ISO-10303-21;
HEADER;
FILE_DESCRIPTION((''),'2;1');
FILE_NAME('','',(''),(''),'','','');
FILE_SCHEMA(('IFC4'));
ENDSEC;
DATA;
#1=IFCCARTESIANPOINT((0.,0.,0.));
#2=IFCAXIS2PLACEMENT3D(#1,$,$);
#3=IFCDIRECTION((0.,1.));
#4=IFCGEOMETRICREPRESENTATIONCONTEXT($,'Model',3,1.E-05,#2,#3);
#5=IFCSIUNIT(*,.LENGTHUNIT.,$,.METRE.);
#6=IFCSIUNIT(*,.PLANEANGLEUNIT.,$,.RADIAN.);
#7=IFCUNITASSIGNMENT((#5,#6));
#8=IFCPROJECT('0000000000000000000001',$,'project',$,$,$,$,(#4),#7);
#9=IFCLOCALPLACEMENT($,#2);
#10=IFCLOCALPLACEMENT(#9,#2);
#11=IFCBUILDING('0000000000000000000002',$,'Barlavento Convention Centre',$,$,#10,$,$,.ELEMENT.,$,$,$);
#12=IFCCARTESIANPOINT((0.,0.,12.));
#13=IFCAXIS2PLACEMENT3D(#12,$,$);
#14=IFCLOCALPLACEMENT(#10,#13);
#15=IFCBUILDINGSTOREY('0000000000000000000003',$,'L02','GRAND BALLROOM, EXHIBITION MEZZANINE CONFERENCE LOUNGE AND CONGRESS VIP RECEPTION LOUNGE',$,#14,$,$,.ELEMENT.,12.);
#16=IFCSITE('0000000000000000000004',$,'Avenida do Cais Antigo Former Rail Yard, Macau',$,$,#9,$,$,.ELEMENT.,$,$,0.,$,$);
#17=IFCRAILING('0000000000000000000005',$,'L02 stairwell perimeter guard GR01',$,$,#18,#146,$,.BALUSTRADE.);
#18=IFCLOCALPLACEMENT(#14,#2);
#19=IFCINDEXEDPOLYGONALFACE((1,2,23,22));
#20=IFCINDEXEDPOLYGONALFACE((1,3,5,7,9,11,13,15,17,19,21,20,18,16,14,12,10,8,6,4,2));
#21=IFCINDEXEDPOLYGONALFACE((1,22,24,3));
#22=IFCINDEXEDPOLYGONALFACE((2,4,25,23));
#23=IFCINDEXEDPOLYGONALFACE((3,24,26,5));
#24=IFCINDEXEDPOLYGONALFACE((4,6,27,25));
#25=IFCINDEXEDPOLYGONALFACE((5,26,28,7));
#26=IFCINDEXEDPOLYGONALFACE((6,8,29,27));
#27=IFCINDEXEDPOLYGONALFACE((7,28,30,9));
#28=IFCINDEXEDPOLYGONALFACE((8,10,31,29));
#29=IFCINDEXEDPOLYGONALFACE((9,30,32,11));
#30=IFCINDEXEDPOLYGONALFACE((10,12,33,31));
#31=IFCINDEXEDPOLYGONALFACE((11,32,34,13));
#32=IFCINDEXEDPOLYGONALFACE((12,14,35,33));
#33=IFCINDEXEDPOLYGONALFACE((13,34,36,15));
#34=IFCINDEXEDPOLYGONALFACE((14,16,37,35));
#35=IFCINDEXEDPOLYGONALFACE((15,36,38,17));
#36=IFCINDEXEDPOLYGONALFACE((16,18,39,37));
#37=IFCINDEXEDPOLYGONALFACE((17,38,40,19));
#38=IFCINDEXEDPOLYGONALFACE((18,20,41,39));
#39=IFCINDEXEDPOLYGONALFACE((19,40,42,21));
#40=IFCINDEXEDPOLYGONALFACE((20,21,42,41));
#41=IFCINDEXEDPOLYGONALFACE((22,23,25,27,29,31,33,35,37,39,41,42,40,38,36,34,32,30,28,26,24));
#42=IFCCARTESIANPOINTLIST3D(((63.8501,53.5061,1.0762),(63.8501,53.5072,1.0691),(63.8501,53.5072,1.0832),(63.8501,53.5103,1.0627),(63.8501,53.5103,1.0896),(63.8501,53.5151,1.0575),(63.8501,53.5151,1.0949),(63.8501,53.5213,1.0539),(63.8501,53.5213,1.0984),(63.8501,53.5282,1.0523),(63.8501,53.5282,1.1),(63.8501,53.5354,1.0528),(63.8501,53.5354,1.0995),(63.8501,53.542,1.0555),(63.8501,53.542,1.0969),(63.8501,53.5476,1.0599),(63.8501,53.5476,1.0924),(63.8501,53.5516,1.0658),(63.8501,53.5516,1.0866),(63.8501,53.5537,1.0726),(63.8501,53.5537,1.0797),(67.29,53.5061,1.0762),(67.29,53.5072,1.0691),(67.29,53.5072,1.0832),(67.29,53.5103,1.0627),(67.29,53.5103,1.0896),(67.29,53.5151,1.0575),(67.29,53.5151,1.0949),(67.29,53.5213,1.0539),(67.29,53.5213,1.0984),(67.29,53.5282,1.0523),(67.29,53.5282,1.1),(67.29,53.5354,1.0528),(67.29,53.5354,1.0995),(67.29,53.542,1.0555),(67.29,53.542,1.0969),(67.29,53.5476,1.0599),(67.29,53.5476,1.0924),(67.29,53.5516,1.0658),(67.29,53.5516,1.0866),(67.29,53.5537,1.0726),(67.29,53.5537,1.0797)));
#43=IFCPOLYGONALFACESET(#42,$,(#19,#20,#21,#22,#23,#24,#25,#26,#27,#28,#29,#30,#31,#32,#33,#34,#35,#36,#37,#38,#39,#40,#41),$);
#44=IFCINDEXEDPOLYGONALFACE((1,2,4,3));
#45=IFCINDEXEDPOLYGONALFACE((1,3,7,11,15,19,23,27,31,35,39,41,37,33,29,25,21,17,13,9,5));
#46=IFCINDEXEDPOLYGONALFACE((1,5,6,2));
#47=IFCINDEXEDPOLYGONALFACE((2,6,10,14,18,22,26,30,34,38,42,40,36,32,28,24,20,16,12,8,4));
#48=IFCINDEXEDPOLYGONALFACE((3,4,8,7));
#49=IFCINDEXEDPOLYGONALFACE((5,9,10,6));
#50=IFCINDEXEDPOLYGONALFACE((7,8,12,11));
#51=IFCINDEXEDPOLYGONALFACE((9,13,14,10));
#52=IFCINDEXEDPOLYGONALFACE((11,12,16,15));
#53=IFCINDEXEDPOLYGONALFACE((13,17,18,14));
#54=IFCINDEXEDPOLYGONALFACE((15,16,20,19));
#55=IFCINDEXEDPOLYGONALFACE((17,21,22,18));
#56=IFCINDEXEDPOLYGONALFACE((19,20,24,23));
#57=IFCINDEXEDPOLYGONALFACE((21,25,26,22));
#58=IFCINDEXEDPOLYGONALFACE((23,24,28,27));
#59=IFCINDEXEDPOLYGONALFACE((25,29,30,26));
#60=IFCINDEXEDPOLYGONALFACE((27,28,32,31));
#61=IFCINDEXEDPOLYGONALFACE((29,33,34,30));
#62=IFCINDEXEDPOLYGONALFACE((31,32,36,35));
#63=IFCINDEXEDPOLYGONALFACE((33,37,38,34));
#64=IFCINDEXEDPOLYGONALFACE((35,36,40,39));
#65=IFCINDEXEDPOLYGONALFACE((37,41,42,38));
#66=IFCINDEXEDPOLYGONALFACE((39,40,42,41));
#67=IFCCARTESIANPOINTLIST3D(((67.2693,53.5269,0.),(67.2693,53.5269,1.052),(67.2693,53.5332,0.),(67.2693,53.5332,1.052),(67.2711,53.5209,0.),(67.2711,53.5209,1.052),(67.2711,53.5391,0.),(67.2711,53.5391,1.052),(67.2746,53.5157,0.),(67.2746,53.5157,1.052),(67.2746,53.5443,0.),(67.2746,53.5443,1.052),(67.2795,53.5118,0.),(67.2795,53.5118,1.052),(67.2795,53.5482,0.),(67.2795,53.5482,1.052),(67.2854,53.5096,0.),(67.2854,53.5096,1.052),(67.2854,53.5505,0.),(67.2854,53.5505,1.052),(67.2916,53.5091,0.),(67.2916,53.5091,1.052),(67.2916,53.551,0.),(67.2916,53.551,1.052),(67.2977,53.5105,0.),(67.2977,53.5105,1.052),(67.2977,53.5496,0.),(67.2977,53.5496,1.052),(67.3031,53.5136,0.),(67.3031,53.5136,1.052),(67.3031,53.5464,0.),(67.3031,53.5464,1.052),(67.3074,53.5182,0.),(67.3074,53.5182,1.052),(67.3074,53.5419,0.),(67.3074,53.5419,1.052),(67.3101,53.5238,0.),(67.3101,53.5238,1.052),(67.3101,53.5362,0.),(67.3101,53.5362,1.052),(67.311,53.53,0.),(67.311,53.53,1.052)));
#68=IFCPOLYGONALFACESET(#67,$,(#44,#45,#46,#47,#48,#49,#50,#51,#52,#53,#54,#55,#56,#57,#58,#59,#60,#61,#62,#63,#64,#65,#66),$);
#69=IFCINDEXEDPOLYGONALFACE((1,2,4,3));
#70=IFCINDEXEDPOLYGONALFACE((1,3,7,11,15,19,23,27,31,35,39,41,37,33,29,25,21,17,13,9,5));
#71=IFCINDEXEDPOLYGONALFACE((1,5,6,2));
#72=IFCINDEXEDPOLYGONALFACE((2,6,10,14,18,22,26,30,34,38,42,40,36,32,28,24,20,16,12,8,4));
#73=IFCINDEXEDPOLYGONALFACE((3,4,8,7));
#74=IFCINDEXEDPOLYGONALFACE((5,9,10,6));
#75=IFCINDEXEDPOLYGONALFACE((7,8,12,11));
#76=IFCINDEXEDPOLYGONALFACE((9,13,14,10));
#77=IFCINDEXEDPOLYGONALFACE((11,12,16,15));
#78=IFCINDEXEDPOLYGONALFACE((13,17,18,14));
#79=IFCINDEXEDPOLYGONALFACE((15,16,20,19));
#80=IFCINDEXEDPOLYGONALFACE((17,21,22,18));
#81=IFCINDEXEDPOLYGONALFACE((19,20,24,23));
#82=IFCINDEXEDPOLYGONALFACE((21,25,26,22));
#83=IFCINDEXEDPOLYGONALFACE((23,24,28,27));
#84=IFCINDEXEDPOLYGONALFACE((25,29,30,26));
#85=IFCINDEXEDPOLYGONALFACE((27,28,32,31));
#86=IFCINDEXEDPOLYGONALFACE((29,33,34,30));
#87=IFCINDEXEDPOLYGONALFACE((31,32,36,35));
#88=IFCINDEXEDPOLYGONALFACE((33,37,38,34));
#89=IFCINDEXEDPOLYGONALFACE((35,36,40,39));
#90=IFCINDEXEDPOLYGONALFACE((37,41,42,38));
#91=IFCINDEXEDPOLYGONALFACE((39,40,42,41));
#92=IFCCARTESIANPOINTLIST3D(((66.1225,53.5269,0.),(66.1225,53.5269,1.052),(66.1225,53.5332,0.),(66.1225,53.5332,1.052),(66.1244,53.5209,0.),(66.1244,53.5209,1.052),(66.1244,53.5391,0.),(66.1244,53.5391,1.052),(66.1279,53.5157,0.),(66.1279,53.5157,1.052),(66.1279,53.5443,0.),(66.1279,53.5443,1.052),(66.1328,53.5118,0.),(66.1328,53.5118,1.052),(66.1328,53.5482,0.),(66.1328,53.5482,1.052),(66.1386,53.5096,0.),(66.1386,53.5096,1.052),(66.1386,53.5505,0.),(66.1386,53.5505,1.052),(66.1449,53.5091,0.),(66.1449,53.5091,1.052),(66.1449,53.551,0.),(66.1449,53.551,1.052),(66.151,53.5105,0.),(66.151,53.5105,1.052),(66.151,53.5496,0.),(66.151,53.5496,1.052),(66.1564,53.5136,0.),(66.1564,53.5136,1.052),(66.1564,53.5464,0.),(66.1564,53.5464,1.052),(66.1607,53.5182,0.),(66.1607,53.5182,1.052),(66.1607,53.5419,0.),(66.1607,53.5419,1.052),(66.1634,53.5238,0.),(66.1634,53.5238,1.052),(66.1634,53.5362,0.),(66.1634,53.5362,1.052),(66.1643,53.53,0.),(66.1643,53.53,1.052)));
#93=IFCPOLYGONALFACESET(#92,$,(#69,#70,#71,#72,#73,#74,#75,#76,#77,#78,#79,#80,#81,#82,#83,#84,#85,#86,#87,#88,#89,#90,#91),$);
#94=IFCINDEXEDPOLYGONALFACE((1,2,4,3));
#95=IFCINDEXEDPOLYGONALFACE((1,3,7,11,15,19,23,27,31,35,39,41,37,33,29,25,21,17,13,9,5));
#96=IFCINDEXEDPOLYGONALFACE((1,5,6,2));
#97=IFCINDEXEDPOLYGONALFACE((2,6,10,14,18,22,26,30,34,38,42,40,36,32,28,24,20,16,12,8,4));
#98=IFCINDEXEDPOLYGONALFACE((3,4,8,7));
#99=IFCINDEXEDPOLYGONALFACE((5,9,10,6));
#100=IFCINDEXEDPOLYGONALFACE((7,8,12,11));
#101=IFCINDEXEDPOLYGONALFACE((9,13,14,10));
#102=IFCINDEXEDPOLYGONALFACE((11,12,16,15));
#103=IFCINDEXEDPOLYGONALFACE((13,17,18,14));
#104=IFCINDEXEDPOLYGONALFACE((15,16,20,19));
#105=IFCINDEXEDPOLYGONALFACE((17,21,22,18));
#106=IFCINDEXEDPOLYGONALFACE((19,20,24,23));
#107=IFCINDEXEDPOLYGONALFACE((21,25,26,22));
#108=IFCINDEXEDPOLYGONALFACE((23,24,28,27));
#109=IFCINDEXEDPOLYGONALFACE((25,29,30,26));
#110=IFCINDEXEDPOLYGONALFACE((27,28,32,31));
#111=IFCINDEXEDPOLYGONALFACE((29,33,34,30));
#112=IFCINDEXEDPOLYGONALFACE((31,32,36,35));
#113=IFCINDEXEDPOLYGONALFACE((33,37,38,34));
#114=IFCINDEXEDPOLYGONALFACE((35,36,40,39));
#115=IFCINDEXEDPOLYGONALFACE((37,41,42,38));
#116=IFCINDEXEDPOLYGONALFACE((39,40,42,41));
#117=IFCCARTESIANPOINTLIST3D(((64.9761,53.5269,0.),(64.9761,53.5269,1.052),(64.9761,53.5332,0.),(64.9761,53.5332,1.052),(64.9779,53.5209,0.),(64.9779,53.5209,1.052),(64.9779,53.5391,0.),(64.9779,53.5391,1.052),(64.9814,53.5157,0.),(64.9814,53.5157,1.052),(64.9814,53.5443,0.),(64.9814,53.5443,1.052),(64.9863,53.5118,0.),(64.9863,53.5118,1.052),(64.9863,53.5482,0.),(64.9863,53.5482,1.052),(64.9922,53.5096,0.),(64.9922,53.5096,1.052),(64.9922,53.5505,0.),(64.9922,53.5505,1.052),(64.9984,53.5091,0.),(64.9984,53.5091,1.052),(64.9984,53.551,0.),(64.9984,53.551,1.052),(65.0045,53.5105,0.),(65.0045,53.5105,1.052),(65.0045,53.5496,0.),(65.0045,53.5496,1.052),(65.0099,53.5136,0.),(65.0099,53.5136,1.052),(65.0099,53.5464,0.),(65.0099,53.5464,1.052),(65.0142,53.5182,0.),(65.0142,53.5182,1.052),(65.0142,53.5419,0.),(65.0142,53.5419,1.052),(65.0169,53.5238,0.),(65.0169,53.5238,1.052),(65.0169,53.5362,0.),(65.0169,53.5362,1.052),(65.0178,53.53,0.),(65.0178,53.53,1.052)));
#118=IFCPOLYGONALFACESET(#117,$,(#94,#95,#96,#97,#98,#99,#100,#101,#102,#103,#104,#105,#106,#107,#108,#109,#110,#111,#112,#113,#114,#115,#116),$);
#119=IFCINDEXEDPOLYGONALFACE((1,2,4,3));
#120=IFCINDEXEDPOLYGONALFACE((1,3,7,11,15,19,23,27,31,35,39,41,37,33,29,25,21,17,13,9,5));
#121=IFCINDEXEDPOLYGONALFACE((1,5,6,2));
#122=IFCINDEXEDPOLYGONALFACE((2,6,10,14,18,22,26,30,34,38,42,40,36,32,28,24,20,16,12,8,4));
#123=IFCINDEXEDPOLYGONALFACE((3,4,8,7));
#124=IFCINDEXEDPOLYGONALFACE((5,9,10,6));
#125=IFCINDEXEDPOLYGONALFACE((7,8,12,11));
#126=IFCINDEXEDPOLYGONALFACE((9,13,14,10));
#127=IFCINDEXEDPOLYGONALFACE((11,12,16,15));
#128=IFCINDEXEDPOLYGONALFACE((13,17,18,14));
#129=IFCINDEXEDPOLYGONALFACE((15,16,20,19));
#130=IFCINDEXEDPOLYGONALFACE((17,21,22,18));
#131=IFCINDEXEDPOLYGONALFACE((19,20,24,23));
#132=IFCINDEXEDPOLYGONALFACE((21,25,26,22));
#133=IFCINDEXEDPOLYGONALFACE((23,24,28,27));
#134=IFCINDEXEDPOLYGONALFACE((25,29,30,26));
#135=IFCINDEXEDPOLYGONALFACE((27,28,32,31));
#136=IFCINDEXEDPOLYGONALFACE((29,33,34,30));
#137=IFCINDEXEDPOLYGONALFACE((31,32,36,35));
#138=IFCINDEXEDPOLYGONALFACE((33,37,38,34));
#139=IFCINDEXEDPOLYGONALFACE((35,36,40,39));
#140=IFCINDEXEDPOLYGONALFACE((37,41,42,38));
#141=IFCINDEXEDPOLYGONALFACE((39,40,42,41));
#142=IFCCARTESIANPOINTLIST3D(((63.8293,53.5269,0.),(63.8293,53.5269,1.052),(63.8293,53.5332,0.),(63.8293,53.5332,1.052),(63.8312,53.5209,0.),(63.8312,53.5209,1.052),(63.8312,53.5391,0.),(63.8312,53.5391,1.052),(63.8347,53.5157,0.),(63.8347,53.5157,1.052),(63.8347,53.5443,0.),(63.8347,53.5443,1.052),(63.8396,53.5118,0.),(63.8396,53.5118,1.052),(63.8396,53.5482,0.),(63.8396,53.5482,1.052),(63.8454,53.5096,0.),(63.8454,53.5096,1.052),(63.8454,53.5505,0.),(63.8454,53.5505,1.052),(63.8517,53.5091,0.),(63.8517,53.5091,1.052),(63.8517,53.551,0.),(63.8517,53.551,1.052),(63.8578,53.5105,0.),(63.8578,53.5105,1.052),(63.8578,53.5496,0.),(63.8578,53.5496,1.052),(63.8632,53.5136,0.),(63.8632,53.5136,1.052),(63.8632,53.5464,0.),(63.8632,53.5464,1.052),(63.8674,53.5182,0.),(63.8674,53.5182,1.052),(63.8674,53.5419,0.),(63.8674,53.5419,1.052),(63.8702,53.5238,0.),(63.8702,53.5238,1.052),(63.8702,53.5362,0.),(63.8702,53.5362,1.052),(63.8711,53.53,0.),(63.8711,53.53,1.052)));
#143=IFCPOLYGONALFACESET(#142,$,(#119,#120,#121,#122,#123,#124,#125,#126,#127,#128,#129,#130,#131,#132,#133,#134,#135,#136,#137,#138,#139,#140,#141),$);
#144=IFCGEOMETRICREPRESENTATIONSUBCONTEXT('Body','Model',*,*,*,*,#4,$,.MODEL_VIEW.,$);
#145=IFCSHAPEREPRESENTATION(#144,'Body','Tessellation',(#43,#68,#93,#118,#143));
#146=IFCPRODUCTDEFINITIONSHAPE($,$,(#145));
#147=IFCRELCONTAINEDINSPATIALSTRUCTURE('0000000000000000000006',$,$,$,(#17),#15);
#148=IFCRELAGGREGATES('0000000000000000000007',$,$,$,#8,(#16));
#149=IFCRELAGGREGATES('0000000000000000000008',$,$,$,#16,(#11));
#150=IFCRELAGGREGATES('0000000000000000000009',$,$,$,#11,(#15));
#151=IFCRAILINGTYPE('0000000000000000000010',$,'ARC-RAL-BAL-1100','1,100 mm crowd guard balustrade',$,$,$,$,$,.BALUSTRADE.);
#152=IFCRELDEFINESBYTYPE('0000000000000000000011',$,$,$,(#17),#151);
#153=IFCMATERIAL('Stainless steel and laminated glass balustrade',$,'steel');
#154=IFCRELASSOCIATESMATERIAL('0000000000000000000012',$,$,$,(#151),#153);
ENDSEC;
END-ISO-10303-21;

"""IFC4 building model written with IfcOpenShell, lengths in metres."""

from ifc_helpers import new_model, si_unit, direction, frame, origin, origin_2d, place, context, subcontext, project, spatial, circle, extrude, material, type_object, element, save


model = new_model("IFC4")

# Units and contexts
model_context = context("Model", 3, precision=1e-05, world=origin(), true_north=direction((0.0, 1.0)))
body_context = subcontext(model_context, "Body", "Model", "MODEL_VIEW")
ifc_project = project(units=[si_unit("LENGTHUNIT", "METRE"), si_unit("PLANEANGLEUNIT", "RADIAN")], contexts=[model_context])

# Site, building, storey
site_placement = place(None, origin())
site = spatial("IfcSite", under=ifc_project, at=site_placement, Name="Avenida do Cais Antigo Former Rail Yard, Macau", CompositionType="ELEMENT", RefElevation=0.0)
building_placement = place(site_placement, origin())
building = spatial("IfcBuilding", under=site, at=building_placement, Name="Barlavento Convention Centre", CompositionType="ELEMENT")
storey_placement = place(building_placement, frame((0.0, 0.0, 12.0)))
storey = spatial("IfcBuildingStorey", under=building, at=storey_placement, Name="L02", Description="GRAND BALLROOM, EXHIBITION MEZZANINE CONFERENCE LOUNGE AND CONGRESS VIP RECEPTION LOUNGE", CompositionType="ELEMENT", Elevation=12.0)

# Railing
ifc_material_1 = material(Name="Stainless steel and laminated glass balustrade", Category="steel")
railing_type_1 = type_object("IfcRailingType", Name="ARC-RAL-BAL-1100", Description="1,100 mm crowd guard balustrade", PredefinedType="BALUSTRADE", material=ifc_material_1)
railing_1_placement = place(storey_placement, frame((67.29, 53.53, 0.0)))
element("IfcRailing", 1, at=railing_1_placement, inside=storey, type_object=railing_type_1, Name="L02 stairwell perimeter guard GR01", PredefinedType="BALUSTRADE", context=body_context, shape_type="SweptSolid", body=[
    extrude(circle(Radius=0.0239, at=origin_2d()), frame((0.0, 0.0, 1.0762), z_axis=(-1.0, 0.0, 0.0), x_axis=(0.0, -1.0, 0.0)), (0.0, 0.0, 1.0), 3.4399),
    extrude(circle(Radius=0.021, at=origin_2d()), origin(), (0.0, 0.0, 1.0), 1.052),
    extrude(circle(Radius=0.021, at=origin_2d()), frame((-1.1467, 0.0, 0.0)), (0.0, 0.0, 1.0), 1.052),
    extrude(circle(Radius=0.021, at=origin_2d()), frame((-2.2932, 0.0, 0.0)), (0.0, 0.0, 1.0), 1.052),
    extrude(circle(Radius=0.021, at=origin_2d()), frame((-3.4399, 0.0, 0.0)), (0.0, 0.0, 1.0), 1.052),
])

save(model, "model.ifc")
